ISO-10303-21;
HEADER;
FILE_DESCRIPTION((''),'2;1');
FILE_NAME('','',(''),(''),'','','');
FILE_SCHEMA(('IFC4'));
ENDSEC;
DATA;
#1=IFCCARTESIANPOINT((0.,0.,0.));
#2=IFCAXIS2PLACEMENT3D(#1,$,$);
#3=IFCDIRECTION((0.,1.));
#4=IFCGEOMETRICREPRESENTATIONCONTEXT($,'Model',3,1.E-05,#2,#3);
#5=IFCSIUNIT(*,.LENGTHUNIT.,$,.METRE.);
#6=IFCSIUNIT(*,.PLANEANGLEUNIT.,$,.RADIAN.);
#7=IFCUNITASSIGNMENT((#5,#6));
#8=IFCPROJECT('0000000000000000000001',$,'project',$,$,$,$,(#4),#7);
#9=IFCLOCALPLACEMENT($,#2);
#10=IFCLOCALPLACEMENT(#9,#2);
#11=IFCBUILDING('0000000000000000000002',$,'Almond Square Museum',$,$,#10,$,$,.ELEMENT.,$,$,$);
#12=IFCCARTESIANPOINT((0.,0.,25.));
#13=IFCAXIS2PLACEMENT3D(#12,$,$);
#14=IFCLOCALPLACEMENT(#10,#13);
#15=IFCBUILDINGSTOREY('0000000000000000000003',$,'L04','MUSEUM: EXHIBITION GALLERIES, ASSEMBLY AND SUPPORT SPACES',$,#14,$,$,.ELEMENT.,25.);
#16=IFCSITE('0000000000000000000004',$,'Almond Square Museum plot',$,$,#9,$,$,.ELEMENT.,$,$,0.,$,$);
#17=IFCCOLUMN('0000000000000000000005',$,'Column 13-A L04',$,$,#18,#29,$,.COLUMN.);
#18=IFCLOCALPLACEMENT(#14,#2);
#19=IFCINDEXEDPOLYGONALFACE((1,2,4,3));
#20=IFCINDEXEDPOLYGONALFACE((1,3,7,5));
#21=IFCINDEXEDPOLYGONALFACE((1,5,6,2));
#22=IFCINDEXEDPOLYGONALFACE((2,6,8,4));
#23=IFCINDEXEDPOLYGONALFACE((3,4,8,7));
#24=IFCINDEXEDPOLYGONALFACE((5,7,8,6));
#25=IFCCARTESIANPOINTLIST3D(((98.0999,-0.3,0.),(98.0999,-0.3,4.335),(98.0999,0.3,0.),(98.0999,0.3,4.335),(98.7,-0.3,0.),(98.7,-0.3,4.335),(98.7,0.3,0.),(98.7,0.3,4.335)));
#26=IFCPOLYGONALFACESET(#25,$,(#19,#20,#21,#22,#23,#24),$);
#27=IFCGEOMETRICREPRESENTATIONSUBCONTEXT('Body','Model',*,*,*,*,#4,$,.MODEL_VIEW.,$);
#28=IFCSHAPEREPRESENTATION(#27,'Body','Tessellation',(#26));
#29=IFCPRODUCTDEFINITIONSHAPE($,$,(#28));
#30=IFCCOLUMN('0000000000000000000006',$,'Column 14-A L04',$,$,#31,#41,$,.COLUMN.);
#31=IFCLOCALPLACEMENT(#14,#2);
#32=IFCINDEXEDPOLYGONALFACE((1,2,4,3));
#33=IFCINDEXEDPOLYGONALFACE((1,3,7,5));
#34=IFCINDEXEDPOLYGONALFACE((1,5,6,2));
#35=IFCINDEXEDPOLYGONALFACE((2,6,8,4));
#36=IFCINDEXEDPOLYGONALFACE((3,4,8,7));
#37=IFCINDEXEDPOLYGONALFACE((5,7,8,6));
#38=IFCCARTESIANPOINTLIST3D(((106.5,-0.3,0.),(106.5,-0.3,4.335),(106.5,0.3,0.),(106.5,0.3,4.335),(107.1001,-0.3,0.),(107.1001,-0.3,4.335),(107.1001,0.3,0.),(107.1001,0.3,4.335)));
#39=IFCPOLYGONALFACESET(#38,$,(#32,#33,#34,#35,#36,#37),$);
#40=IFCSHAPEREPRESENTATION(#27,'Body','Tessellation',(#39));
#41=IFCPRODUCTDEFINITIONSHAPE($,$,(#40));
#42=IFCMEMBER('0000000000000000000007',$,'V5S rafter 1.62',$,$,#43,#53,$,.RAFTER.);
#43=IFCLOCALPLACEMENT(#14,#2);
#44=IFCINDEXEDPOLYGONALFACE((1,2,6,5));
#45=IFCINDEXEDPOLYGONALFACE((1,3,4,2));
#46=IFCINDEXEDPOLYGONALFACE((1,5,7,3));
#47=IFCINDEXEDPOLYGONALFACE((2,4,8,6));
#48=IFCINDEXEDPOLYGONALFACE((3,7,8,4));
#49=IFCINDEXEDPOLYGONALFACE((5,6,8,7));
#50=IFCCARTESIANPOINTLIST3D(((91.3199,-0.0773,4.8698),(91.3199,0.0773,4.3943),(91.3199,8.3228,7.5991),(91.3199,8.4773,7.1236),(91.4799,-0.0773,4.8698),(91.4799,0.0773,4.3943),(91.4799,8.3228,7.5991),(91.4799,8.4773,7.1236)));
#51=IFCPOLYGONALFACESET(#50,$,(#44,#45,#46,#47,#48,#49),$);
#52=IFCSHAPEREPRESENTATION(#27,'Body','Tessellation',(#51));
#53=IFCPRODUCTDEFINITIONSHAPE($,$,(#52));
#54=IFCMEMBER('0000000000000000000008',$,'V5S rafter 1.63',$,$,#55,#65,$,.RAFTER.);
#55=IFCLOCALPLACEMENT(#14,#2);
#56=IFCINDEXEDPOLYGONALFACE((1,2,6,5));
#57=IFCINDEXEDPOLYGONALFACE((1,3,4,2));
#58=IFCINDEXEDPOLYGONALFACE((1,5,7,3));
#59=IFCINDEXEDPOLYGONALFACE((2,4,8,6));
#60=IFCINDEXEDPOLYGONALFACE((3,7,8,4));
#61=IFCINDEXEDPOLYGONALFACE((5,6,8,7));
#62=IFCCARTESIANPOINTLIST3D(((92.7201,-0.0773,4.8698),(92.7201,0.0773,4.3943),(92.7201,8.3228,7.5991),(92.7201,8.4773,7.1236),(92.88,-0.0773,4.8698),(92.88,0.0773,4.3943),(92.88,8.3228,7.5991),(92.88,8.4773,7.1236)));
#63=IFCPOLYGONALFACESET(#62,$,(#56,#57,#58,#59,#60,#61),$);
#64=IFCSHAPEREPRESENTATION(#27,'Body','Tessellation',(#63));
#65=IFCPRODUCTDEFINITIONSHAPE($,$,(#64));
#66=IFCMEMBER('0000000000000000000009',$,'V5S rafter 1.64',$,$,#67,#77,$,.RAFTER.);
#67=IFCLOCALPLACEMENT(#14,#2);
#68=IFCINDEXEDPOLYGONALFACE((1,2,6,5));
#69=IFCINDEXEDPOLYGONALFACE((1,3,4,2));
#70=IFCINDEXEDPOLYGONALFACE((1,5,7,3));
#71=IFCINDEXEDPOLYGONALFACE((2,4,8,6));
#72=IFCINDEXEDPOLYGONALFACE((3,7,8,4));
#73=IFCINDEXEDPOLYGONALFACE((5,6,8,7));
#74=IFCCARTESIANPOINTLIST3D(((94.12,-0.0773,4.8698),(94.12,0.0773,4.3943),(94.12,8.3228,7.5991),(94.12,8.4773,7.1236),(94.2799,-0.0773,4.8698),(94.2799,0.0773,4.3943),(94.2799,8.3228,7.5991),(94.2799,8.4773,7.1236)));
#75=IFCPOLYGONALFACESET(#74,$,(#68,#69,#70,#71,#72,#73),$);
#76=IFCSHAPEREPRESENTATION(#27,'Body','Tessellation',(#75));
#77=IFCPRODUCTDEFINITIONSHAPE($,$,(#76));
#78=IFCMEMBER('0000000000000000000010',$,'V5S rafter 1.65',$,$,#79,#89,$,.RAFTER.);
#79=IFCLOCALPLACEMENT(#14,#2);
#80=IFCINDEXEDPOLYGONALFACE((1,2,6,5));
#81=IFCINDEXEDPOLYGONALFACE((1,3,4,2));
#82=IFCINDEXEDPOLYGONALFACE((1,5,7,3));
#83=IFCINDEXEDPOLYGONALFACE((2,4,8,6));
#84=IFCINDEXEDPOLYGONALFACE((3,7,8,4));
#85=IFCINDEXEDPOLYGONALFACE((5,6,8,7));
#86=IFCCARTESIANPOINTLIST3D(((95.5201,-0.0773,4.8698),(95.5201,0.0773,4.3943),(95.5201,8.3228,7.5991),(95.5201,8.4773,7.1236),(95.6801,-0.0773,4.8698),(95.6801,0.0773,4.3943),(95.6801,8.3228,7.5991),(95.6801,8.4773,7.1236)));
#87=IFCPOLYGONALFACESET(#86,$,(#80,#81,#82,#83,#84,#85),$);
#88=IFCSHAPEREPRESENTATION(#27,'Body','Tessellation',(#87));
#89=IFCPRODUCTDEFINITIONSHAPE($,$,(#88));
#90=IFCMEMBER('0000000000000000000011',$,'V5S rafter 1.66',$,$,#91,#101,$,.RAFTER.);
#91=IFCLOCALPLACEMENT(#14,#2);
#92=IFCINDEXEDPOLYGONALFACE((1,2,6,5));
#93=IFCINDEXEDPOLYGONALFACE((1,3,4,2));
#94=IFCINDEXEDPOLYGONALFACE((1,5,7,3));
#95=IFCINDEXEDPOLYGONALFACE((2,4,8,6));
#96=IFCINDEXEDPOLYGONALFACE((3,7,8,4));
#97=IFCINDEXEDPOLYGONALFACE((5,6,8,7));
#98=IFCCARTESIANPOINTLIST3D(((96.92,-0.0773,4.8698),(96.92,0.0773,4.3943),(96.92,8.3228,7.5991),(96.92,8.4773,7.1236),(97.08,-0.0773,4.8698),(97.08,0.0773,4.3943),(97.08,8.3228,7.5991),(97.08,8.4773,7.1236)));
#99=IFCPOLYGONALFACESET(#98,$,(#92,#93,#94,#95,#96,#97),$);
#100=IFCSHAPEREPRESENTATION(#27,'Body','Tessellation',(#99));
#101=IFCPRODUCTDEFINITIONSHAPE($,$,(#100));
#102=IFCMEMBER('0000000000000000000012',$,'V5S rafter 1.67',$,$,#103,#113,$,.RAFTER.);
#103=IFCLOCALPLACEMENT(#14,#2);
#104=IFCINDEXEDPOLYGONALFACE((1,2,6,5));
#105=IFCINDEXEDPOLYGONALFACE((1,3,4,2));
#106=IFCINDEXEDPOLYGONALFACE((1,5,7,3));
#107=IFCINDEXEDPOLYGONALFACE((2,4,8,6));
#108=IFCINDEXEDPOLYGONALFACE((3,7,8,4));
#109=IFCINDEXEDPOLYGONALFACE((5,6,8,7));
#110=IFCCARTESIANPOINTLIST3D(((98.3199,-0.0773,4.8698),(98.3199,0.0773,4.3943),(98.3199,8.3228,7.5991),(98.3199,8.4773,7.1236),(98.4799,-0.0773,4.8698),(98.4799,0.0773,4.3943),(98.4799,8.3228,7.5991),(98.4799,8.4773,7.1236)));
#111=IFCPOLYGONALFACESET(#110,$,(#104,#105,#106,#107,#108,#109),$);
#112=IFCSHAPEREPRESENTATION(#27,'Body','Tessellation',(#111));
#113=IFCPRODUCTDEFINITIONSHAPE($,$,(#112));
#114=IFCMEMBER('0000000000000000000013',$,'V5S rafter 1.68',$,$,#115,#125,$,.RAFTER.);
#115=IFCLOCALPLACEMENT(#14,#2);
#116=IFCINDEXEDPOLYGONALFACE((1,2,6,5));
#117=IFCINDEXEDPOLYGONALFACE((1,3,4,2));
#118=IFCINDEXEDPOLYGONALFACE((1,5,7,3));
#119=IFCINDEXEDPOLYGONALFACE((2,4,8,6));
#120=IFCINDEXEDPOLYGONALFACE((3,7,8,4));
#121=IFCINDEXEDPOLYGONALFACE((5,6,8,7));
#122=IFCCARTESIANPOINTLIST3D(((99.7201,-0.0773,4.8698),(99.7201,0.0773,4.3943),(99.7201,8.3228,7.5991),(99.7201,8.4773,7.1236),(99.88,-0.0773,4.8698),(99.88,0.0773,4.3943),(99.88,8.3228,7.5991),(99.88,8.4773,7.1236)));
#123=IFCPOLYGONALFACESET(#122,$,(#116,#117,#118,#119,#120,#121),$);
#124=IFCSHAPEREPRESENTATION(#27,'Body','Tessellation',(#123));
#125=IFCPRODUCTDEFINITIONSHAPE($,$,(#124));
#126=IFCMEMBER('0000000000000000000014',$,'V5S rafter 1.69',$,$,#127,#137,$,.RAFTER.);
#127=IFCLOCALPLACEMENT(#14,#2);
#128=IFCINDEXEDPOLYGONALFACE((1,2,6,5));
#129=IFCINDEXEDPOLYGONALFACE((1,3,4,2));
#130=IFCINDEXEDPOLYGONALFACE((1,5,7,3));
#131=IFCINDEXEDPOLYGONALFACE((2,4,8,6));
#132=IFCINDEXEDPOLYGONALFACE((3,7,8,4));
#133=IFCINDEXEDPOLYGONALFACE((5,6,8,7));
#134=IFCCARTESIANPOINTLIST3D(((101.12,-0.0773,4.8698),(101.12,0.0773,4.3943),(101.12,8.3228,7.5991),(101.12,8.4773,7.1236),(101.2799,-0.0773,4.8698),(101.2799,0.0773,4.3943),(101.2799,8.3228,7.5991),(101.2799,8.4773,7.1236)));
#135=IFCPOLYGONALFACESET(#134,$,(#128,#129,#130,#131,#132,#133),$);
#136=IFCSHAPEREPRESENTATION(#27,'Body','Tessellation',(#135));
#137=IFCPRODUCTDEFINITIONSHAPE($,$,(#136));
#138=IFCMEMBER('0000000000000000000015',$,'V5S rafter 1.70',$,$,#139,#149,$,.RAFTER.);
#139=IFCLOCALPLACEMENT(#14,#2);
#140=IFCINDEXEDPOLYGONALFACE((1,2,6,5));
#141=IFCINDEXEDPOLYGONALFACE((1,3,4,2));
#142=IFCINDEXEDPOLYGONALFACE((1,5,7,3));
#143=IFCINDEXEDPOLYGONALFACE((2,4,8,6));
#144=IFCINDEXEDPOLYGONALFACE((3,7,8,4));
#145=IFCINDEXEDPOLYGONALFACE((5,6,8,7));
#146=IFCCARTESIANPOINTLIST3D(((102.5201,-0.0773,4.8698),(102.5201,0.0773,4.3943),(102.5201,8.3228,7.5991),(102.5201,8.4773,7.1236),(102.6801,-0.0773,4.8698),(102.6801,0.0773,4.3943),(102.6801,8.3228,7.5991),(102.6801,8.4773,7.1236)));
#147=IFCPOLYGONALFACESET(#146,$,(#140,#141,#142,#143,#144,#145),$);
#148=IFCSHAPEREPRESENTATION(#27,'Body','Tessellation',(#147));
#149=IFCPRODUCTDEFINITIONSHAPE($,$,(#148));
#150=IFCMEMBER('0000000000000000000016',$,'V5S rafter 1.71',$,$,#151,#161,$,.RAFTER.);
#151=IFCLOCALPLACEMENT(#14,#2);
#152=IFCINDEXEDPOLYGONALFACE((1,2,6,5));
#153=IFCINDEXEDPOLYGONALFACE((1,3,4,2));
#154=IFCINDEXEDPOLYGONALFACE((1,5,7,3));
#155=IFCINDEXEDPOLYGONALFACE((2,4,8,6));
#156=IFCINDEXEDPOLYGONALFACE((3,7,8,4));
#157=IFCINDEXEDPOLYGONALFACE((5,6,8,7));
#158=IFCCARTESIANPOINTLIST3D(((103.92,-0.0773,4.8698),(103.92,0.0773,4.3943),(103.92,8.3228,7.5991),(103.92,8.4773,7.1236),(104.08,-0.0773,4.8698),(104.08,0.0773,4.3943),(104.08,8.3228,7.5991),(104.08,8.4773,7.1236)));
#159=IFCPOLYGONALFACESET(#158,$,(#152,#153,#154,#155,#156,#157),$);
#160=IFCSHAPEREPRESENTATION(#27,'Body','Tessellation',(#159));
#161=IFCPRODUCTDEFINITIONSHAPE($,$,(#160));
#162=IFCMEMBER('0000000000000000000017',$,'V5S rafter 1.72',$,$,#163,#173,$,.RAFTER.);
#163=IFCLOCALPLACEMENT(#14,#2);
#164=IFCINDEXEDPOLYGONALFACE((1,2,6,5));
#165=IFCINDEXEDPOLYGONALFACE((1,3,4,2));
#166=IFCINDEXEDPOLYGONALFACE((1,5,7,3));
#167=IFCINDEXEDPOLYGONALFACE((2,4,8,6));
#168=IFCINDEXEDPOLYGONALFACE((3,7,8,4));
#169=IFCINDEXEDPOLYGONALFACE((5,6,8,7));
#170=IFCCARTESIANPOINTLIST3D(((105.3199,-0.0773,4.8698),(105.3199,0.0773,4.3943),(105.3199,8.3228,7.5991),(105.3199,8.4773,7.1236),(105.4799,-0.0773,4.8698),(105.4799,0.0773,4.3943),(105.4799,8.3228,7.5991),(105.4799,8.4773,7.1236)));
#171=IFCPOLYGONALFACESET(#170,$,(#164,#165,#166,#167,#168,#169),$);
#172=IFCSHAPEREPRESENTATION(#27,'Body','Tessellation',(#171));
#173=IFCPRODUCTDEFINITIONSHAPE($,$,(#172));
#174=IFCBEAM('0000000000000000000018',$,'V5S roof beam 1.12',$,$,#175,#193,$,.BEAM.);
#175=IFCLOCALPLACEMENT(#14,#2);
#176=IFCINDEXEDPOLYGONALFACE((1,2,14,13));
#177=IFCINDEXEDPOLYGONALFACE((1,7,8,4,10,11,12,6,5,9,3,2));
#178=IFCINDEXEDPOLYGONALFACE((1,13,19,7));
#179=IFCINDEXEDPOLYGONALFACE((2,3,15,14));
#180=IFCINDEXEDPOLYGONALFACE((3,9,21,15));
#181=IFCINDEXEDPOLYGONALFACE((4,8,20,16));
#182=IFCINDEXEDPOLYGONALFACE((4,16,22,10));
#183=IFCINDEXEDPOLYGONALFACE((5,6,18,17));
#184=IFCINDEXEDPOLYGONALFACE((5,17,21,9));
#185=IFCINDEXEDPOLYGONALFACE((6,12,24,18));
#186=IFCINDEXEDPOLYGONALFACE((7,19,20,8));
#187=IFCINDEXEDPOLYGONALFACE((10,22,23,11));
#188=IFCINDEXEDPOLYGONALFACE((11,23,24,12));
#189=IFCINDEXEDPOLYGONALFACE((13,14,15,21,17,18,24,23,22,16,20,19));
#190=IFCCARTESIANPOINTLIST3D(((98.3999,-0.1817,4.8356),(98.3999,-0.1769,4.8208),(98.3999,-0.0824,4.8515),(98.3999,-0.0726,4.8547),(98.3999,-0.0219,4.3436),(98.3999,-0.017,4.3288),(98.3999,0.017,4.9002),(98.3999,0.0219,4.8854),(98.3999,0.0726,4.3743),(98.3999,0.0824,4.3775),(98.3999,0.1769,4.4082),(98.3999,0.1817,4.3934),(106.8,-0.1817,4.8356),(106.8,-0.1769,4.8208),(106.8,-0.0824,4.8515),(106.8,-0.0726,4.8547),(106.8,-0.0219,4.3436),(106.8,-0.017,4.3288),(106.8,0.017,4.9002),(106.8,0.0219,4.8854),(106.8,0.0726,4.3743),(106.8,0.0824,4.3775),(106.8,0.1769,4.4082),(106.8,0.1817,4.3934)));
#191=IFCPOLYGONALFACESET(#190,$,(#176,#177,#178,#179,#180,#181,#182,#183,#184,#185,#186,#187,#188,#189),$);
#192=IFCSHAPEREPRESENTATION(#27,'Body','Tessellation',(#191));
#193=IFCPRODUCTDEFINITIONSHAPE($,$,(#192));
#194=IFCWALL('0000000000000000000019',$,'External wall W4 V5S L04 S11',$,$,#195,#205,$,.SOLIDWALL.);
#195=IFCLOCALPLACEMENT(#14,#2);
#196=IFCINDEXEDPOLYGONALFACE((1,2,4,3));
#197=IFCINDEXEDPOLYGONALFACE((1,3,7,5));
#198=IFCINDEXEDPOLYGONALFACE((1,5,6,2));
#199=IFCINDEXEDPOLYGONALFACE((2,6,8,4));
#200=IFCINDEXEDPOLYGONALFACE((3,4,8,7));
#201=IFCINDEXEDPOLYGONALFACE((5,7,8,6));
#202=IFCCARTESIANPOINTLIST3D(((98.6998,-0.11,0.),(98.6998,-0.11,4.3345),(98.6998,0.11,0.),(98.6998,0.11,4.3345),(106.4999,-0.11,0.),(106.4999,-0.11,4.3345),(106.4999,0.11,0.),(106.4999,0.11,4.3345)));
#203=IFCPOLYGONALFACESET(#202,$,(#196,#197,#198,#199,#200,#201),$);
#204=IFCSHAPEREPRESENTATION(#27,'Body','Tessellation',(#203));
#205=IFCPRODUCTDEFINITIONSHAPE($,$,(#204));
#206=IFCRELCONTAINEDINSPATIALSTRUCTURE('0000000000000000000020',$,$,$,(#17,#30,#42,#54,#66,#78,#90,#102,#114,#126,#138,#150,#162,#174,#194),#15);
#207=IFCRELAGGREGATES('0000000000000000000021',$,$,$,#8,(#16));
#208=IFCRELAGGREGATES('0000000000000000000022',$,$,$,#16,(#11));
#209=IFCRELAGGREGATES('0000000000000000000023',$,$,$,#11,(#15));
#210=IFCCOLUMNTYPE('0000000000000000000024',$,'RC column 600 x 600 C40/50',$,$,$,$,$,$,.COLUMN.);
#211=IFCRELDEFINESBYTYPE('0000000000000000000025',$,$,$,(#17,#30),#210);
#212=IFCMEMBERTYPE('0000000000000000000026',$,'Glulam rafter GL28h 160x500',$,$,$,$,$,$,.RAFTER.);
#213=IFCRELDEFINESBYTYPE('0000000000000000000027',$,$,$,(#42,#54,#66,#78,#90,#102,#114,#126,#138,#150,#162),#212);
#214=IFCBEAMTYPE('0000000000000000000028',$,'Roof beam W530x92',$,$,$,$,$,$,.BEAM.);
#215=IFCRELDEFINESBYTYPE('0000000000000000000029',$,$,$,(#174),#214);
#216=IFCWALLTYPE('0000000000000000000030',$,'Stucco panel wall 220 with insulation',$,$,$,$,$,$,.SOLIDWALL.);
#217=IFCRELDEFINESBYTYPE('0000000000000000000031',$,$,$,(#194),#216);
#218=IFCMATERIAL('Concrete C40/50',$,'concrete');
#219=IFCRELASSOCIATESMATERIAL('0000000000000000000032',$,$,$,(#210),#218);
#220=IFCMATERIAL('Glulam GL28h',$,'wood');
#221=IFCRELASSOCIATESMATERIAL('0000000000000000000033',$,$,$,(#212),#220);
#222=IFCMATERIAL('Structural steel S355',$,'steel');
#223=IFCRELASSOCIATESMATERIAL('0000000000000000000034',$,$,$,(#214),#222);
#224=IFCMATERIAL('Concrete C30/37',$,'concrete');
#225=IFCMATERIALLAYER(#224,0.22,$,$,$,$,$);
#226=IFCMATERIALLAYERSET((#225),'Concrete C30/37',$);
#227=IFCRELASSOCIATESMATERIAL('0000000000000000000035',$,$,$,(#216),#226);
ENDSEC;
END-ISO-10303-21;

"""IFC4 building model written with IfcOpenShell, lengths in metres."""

from ifc_helpers import new_model, si_unit, direction, frame, frame_2d, origin, origin_2d, place, context, subcontext, project, spatial, rectangle, i_section, extrude, material, layer, layer_set, material_profile, profile_set, type_object, element, save


model = new_model("IFC4")

# Units and contexts
model_context = context("Model", 3, precision=1e-05, world=origin(), true_north=direction((0.0, 1.0)))
body_context = subcontext(model_context, "Body", "Model", "MODEL_VIEW")
ifc_project = project(units=[si_unit("LENGTHUNIT", "METRE"), si_unit("PLANEANGLEUNIT", "RADIAN")], contexts=[model_context])

# Site, building, storey
site_placement = place(None, origin())
site = spatial("IfcSite", under=ifc_project, at=site_placement, Name="Almond Square Museum plot", CompositionType="ELEMENT", RefElevation=0.0)
building_placement = place(site_placement, origin())
building = spatial("IfcBuilding", under=site, at=building_placement, Name="Almond Square Museum", CompositionType="ELEMENT")
storey_placement = place(building_placement, frame((0.0, 0.0, 25.0)))
storey = spatial("IfcBuildingStorey", under=building, at=storey_placement, Name="L04", Description="MUSEUM: EXHIBITION GALLERIES, ASSEMBLY AND SUPPORT SPACES", CompositionType="ELEMENT", Elevation=25.0)

# Columns
ifc_material_1 = material(Name="Concrete C40/50", Category="concrete")
ifc_material_profile_1 = material_profile(ifc_material_1, rectangle(XDim=0.6001, YDim=0.6001, at=origin_2d()))
ifc_profile_set_1 = profile_set([ifc_material_profile_1], Name="Concrete C40/50")
column_type = type_object("IfcColumnType", Name="RC column 600 x 600 C40/50", PredefinedType="COLUMN", material=ifc_profile_set_1)
for number, where, z_axis, x_axis, name in (
    (1, (98.3999, 0.0, 0.0), (0.0, 0.0, 1.0), (1.0, 0.0, 0.0), "Column 13-A L04"),
    (2, (106.8, 0.0, 0.0), (0.0, 0.0, 1.0), (1.0, 0.0, 0.0), "Column 14-A L04"),
):
    element("IfcColumn", number, at=place(storey_placement, frame(where, z_axis=z_axis, x_axis=x_axis)), inside=storey, type_object=column_type, Name=name, PredefinedType="COLUMN", context=body_context, shape_type="SweptSolid", body=[
        extrude(rectangle(XDim=0.6001, YDim=0.6001, at=origin_2d()), origin(), (0.0, 0.0, 1.0), 4.335),
    ])

# Members
ifc_material_2 = material(Name="Glulam GL28h", Category="wood")
ifc_material_profile_2 = material_profile(ifc_material_2, rectangle(XDim=0.1599, YDim=0.5, at=origin_2d()))
ifc_profile_set_2 = profile_set([ifc_material_profile_2], Name="Glulam GL28h")
member_type = type_object("IfcMemberType", Name="Glulam rafter GL28h 160x500", PredefinedType="RAFTER", material=ifc_profile_set_2)
for number, where, z_axis, x_axis, name in (
    (3, (91.3999, 0.0, 4.6321), (0.0, 0.951058, 0.309012), (-1.0, 0.0, 0.0), "V5S rafter 1.62"),
    (4, (92.8, 0.0, 4.6321), (0.0, 0.951058, 0.309012), (-1.0, 0.0, 0.0), "V5S rafter 1.63"),
    (5, (94.2, 0.0, 4.6321), (0.0, 0.951058, 0.309012), (-1.0, 0.0, 0.0), "V5S rafter 1.64"),
    (6, (95.6001, 0.0, 4.6321), (0.0, 0.951058, 0.309012), (-1.0, 0.0, 0.0), "V5S rafter 1.65"),
    (7, (97.0, 0.0, 4.6321), (0.0, 0.951058, 0.309012), (-1.0, 0.0, 0.0), "V5S rafter 1.66"),
    (8, (98.3999, 0.0, 4.6321), (0.0, 0.951058, 0.309012), (-1.0, 0.0, 0.0), "V5S rafter 1.67"),
    (9, (99.8, 0.0, 4.6321), (0.0, 0.951058, 0.309012), (-1.0, 0.0, 0.0), "V5S rafter 1.68"),
    (10, (101.2, 0.0, 4.6321), (0.0, 0.951058, 0.309012), (-1.0, 0.0, 0.0), "V5S rafter 1.69"),
    (11, (102.6001, 0.0, 4.6321), (0.0, 0.951058, 0.309012), (-1.0, 0.0, 0.0), "V5S rafter 1.70"),
    (12, (104.0, 0.0, 4.6321), (0.0, 0.951058, 0.309012), (-1.0, 0.0, 0.0), "V5S rafter 1.71"),
    (13, (105.3999, 0.0, 4.6321), (0.0, 0.951058, 0.309012), (-1.0, 0.0, 0.0), "V5S rafter 1.72"),
):
    element("IfcMember", number, at=place(storey_placement, frame(where, z_axis=z_axis, x_axis=x_axis)), inside=storey, type_object=member_type, Name=name, PredefinedType="RAFTER", context=body_context, shape_type="SweptSolid", body=[
        extrude(rectangle(XDim=0.1599, YDim=0.5, at=origin_2d()), origin(), (0.0, 0.0, 1.0), 8.8323),
    ])

# Beam
ifc_material_3 = material(Name="Structural steel S355", Category="steel")
ifc_material_profile_3 = material_profile(ifc_material_3, i_section(OverallWidth=0.209, OverallDepth=0.533, WebThickness=0.0103, FlangeThickness=0.0156, at=origin_2d()))
ifc_profile_set_3 = profile_set([ifc_material_profile_3], Name="Structural steel S355")
beam_type = type_object("IfcBeamType", Name="Roof beam W530x92", PredefinedType="BEAM", material=ifc_profile_set_3)
beam_placement = place(storey_placement, frame((98.3999, 0.0, 4.6145), z_axis=(1.0, 0.0, 0.0), x_axis=(0.0, 0.951057, 0.309017)))
element("IfcBeam", 14, at=beam_placement, inside=storey, type_object=beam_type, Name="V5S roof beam 1.12", PredefinedType="BEAM", context=body_context, shape_type="SweptSolid", body=[
    extrude(i_section(OverallWidth=0.209, OverallDepth=0.533, WebThickness=0.0103, FlangeThickness=0.0156, at=origin_2d()), origin(), (0.0, 0.0, 1.0), 8.4001),
])

# Wall
ifc_material_4 = material(Name="Concrete C30/37", Category="concrete")
ifc_layer = layer(ifc_material_4, 0.22)
ifc_layer_set = layer_set([ifc_layer], Name="Concrete C30/37")
wall_type = type_object("IfcWallType", Name="Stucco panel wall 220 with insulation", PredefinedType="SOLIDWALL", material=ifc_layer_set)
wall_placement = place(storey_placement, frame((98.7, 0.0, 0.0), z_axis=(0.0, 0.0, 1.0), x_axis=(1.0, 0.0, 0.0)))
element("IfcWall", 15, at=wall_placement, inside=storey, type_object=wall_type, Name="External wall W4 V5S L04 S11", PredefinedType="SOLIDWALL", context=body_context, shape_type="SweptSolid", body=[
    extrude(rectangle(XDim=7.8, YDim=0.22, at=frame_2d((3.8999, 0.0))), origin(), (0.0, 0.0, 1.0), 4.3345),
])

save(model, "model.ifc")
